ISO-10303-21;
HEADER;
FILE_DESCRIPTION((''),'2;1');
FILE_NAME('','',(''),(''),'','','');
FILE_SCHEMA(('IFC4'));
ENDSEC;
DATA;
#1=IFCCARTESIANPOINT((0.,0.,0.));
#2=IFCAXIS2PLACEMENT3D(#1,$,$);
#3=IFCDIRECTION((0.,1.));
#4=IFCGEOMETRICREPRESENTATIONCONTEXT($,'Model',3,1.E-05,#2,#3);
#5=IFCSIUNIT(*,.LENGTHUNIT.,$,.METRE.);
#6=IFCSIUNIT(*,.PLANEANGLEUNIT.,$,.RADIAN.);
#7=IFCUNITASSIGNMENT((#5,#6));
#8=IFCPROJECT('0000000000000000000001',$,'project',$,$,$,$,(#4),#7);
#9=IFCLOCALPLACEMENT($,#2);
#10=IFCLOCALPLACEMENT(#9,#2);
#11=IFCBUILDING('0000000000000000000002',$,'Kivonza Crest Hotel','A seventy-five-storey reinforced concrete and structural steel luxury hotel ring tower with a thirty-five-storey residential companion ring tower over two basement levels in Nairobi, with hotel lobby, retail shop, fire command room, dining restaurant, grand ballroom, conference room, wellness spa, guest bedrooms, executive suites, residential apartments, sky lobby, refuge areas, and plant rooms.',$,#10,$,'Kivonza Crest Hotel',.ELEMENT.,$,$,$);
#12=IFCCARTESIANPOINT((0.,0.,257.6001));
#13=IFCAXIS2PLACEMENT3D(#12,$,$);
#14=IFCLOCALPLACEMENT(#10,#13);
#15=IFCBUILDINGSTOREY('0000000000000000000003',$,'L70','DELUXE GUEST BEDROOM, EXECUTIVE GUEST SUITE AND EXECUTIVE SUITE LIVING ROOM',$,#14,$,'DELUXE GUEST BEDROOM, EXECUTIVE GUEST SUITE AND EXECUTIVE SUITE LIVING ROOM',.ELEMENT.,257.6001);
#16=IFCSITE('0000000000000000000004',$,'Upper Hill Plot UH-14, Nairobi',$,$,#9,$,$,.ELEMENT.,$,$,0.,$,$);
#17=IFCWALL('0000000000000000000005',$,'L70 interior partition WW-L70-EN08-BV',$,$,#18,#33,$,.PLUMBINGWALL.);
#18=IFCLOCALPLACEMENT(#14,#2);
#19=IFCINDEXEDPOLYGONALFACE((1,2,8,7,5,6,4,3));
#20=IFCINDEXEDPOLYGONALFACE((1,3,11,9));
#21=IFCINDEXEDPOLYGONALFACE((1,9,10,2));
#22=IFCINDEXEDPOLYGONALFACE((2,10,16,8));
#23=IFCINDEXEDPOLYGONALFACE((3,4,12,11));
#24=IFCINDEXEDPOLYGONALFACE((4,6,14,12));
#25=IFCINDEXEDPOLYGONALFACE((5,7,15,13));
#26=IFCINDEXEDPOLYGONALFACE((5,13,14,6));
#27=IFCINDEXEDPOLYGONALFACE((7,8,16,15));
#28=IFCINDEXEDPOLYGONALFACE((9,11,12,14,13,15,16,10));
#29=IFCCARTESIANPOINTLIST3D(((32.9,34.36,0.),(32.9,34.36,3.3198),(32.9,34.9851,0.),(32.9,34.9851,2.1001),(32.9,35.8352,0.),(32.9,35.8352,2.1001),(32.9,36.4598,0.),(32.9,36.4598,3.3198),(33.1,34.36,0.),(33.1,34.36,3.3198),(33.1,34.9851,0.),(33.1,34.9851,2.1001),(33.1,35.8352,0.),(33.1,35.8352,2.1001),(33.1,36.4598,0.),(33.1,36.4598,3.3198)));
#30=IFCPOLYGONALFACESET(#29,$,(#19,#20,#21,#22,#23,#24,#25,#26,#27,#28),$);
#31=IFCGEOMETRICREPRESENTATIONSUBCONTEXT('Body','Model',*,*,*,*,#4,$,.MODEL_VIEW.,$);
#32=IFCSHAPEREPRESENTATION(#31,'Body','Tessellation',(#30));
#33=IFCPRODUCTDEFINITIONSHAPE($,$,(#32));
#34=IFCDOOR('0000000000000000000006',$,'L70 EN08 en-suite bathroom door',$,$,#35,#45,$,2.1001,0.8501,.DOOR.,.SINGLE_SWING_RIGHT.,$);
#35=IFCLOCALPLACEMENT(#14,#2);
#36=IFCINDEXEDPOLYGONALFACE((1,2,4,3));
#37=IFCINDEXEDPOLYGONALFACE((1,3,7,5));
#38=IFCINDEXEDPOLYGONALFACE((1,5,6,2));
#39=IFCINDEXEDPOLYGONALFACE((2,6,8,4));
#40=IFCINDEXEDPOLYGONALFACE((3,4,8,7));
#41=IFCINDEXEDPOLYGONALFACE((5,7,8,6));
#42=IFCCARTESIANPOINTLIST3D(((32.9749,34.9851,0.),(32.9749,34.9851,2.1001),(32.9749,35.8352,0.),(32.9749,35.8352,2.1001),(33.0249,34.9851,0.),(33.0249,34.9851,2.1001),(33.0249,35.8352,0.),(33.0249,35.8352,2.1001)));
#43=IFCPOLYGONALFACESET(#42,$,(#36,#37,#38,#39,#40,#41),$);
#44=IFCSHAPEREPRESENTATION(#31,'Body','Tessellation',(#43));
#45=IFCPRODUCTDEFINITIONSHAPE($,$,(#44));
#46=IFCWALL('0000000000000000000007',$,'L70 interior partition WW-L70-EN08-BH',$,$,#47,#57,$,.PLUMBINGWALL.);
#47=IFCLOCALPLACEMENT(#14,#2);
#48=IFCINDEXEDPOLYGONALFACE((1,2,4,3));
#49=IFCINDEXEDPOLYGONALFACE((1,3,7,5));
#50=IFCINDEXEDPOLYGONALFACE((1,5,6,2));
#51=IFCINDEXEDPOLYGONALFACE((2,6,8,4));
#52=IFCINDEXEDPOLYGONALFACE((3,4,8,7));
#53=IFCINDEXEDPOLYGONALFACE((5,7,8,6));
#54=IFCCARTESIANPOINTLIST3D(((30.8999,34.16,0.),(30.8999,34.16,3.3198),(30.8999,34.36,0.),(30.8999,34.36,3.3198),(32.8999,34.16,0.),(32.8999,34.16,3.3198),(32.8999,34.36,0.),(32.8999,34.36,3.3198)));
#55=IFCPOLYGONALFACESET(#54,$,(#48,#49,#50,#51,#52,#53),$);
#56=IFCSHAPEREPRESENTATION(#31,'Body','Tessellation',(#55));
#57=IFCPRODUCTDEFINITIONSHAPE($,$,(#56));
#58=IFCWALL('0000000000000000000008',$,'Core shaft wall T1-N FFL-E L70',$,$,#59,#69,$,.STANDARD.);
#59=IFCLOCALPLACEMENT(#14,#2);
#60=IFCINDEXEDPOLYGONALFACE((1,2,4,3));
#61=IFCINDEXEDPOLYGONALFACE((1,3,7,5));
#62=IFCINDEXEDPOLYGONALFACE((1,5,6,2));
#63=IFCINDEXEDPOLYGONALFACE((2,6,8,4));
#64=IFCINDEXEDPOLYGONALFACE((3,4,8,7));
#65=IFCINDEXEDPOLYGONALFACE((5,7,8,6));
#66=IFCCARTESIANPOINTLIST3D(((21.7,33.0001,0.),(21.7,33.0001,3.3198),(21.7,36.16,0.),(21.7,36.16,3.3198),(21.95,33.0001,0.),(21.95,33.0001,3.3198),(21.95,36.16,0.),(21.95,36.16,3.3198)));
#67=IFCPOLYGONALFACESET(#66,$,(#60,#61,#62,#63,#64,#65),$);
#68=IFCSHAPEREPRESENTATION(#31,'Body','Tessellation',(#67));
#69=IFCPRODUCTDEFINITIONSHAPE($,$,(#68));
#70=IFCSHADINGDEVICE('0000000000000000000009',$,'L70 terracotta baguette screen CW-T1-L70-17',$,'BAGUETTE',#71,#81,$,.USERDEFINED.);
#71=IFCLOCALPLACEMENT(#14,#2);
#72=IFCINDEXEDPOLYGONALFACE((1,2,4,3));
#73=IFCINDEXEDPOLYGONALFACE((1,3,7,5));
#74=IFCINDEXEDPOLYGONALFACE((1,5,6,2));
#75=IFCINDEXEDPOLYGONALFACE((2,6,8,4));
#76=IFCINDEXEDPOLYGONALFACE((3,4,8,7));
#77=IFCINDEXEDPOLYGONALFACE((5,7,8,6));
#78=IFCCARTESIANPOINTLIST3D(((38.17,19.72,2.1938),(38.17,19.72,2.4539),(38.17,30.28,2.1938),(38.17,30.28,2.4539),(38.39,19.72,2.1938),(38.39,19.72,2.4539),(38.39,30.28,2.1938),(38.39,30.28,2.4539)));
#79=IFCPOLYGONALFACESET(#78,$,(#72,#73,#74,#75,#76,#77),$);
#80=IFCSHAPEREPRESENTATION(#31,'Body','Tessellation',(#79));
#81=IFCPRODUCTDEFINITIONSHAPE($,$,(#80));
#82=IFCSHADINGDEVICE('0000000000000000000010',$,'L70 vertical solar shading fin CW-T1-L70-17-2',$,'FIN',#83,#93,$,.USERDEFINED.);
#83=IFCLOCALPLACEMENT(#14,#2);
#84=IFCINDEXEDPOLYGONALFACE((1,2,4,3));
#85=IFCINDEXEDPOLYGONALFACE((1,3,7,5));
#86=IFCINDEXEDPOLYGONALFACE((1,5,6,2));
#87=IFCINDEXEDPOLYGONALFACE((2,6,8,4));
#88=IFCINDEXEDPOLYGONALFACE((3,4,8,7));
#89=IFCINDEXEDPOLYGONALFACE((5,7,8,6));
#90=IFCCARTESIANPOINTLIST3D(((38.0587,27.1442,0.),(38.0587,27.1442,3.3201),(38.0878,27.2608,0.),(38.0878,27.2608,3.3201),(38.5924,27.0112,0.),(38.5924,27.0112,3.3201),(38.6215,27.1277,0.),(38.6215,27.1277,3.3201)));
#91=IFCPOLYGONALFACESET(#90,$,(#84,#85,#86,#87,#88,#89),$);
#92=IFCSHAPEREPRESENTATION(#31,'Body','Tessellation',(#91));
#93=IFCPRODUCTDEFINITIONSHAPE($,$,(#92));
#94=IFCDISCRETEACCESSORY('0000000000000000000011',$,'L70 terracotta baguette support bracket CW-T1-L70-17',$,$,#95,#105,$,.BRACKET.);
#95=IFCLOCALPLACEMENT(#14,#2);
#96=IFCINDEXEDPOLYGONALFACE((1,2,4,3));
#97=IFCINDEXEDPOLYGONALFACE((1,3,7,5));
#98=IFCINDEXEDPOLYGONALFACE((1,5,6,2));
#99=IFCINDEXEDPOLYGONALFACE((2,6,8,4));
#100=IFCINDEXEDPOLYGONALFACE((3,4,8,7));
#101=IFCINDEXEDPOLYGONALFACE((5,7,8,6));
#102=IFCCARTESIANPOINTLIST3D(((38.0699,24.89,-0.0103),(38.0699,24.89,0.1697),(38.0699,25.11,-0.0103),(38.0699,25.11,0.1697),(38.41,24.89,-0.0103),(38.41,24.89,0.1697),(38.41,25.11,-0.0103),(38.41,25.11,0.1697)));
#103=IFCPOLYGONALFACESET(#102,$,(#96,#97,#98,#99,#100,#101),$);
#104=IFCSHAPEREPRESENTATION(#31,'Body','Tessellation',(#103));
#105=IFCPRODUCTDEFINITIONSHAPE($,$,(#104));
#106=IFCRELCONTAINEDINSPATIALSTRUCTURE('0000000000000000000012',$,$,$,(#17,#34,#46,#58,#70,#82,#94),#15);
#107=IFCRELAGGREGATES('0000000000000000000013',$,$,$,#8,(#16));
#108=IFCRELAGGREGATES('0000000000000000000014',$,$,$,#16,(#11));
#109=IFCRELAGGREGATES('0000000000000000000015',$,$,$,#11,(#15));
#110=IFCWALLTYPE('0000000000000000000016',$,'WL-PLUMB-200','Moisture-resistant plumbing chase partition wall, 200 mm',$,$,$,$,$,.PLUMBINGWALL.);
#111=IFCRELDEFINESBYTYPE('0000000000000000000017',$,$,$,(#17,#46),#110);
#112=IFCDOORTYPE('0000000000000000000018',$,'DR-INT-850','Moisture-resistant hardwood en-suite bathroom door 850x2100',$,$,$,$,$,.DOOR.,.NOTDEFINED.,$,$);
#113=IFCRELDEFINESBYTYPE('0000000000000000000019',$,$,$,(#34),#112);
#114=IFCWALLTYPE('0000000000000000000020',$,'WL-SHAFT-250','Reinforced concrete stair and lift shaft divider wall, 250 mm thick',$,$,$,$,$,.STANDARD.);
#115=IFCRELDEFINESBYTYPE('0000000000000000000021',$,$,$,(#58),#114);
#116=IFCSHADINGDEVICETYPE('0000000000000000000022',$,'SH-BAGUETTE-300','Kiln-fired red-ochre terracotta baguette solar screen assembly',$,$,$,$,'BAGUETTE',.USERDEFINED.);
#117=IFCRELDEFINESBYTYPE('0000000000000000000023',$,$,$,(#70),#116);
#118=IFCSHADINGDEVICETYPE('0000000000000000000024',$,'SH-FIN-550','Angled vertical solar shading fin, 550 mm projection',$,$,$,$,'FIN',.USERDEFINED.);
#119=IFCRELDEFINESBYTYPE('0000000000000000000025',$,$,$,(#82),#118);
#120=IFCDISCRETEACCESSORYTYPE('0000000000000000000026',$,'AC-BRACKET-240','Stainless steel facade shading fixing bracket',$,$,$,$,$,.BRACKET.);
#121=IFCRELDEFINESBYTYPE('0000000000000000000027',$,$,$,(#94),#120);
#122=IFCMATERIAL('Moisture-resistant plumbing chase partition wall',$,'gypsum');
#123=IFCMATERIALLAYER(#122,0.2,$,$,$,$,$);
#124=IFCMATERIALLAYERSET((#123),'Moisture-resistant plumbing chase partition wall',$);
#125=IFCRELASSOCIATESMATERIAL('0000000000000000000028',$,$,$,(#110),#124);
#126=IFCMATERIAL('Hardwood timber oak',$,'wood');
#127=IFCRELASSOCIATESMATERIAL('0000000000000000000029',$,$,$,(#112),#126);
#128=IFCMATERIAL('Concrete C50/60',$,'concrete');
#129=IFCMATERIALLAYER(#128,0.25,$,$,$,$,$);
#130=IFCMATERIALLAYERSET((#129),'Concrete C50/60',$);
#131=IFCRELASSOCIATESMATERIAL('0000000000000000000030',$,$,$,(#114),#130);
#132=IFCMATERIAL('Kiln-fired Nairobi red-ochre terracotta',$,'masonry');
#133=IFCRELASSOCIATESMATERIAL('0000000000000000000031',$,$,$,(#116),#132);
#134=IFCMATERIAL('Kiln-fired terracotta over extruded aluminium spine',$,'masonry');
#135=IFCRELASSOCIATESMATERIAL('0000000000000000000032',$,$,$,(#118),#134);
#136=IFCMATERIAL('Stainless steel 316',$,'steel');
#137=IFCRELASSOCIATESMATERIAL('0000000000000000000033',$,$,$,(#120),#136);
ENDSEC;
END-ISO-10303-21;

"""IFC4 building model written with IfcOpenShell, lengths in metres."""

from ifc_helpers import new_model, si_unit, direction, frame, frame_2d, origin, origin_2d, place, context, subcontext, project, spatial, rectangle, extrude, material, layer, layer_set, type_object, element, fill, save


model = new_model("IFC4")

# Units and contexts
model_context = context("Model", 3, precision=1e-05, world=origin(), true_north=direction((0.0, 1.0)))
body_context = subcontext(model_context, "Body", "Model", "MODEL_VIEW")
ifc_project = project(units=[si_unit("LENGTHUNIT", "METRE"), si_unit("PLANEANGLEUNIT", "RADIAN")], contexts=[model_context])

# Site, building, storey
site_placement = place(None, origin())
site = spatial("IfcSite", under=ifc_project, at=site_placement, Name="Upper Hill Plot UH-14, Nairobi", CompositionType="ELEMENT", RefElevation=0.0)
building_placement = place(site_placement, origin())
building = spatial("IfcBuilding", under=site, at=building_placement, Name="Kivonza Crest Hotel", Description="A seventy-five-storey reinforced concrete and structural steel luxury hotel ring tower with a thirty-five-storey residential companion ring tower over two basement levels in Nairobi, with hotel lobby, retail shop, fire command room, dining restaurant, grand ballroom, conference room, wellness spa, guest bedrooms, executive suites, residential apartments, sky lobby, refuge areas, and plant rooms.", LongName="Kivonza Crest Hotel", CompositionType="ELEMENT")
storey_placement = place(building_placement, frame((0.0, 0.0, 257.6001)))
storey = spatial("IfcBuildingStorey", under=building, at=storey_placement, Name="L70", Description="DELUXE GUEST BEDROOM, EXECUTIVE GUEST SUITE AND EXECUTIVE SUITE LIVING ROOM", LongName="DELUXE GUEST BEDROOM, EXECUTIVE GUEST SUITE AND EXECUTIVE SUITE LIVING ROOM", CompositionType="ELEMENT", Elevation=257.6001)

# Shared definitions
ifc_material_1 = material(Name="Concrete C50/60", Category="concrete")

# Shared definitions
ifc_material_2 = material(Name="Hardwood timber oak", Category="wood")

# Wall, opening, door
ifc_material_3 = material(Name="Moisture-resistant plumbing chase partition wall", Category="gypsum")
ifc_layer_1 = layer(ifc_material_3, 0.2)
ifc_layer_set_1 = layer_set([ifc_layer_1], Name="Moisture-resistant plumbing chase partition wall")
wall_type_1 = type_object("IfcWallType", Name="WL-PLUMB-200", Description="Moisture-resistant plumbing chase partition wall, 200 mm", PredefinedType="PLUMBINGWALL", material=ifc_layer_set_1)
wall_1_placement = place(storey_placement, frame((33.0, 34.3601, 0.0), z_axis=(0.0, 0.0, 1.0), x_axis=(0.0, 1.0, 0.0)))
wall_1 = element("IfcWall", 1, at=wall_1_placement, inside=storey, type_object=wall_type_1, Name="L70 interior partition WW-L70-EN08-BV", PredefinedType="PLUMBINGWALL", context=body_context, shape_type="SweptSolid", body=[
    extrude(rectangle(XDim=2.0999, YDim=0.2, at=frame_2d((1.0498, 0.0))), origin(), (0.0, 0.0, 1.0), 3.3198),
])
opening_1_placement = place(wall_1_placement, frame((0.625, 0.0, 0.0)))
opening_1 = element("IfcOpeningElement", 2, at=opening_1_placement, cuts=wall_1, PredefinedType="OPENING", context=body_context, shape_type="SweptSolid", body=[
    extrude(rectangle(XDim=0.8501, YDim=2.1001, at=frame_2d((0.425, 1.05))), frame((0.0, 0.1099, 0.0), z_axis=(0.0, -1.0, 0.0), x_axis=(1.0, 0.0, 0.0)), (0.0, 0.0, 1.0), 0.22),
])
door_type_1 = type_object("IfcDoorType", Name="DR-INT-850", Description="Moisture-resistant hardwood en-suite bathroom door 850x2100", OperationType="NOTDEFINED", PredefinedType="DOOR", material=ifc_material_2)
door_1_placement = place(opening_1_placement, frame((0.8501, 0.0, 0.0), z_axis=(0.0, 0.0, 1.0), x_axis=(-1.0, 0.0, 0.0)))
door_1 = element("IfcDoor", 3, at=door_1_placement, inside=storey, type_object=door_type_1, Name="L70 EN08 en-suite bathroom door", OperationType="SINGLE_SWING_RIGHT", OverallHeight=2.1001, OverallWidth=0.8501, PredefinedType="DOOR", context=body_context, shape_type="SweptSolid", body=[
    extrude(rectangle(XDim=0.8501, YDim=2.1001, at=frame_2d((0.425, 1.05))), frame((0.0, 0.0249, 0.0), z_axis=(0.0, -1.0, 0.0), x_axis=(1.0, 0.0, 0.0)), (0.0, 0.0, 1.0), 0.05),
])
fill(opening_1, door_1)

# Walls
wall_2_placement = place(storey_placement, frame((30.8999, 34.26, 0.0), z_axis=(0.0, 0.0, 1.0), x_axis=(1.0, 0.0, 0.0)))
element("IfcWall", 4, at=wall_2_placement, inside=storey, type_object=wall_type_1, Name="L70 interior partition WW-L70-EN08-BH", PredefinedType="PLUMBINGWALL", context=body_context, shape_type="SweptSolid", body=[
    extrude(rectangle(XDim=2.0, YDim=0.2, at=frame_2d((1.0, 0.0))), origin(), (0.0, 0.0, 1.0), 3.3198),
])
ifc_layer_2 = layer(ifc_material_1, 0.25)
ifc_layer_set_2 = layer_set([ifc_layer_2], Name="Concrete C50/60")
wall_type_2 = type_object("IfcWallType", Name="WL-SHAFT-250", Description="Reinforced concrete stair and lift shaft divider wall, 250 mm thick", PredefinedType="STANDARD", material=ifc_layer_set_2)
wall_3_placement = place(storey_placement, frame((21.825, 33.0, 0.0), z_axis=(0.0, 0.0, 1.0), x_axis=(0.0, 1.0, 0.0)))
element("IfcWall", 5, at=wall_3_placement, inside=storey, type_object=wall_type_2, Name="Core shaft wall T1-N FFL-E L70", PredefinedType="STANDARD", context=body_context, shape_type="SweptSolid", body=[
    extrude(rectangle(XDim=3.1599, YDim=0.25, at=frame_2d((1.5801, 0.0))), origin(), (0.0, 0.0, 1.0), 3.3198),
])

# Shading devices
ifc_material_4 = material(Name="Kiln-fired Nairobi red-ochre terracotta", Category="masonry")
shading_device_type_1 = type_object("IfcShadingDeviceType", Name="SH-BAGUETTE-300", Description="Kiln-fired red-ochre terracotta baguette solar screen assembly", ElementType="BAGUETTE", PredefinedType="USERDEFINED", material=ifc_material_4)
shading_device_1_placement = place(storey_placement, frame((38.28, 25.0, 2.1938), z_axis=(0.0, 0.0, 1.0), x_axis=(0.0, 1.0, 0.0)))
element("IfcShadingDevice", 6, at=shading_device_1_placement, inside=storey, type_object=shading_device_type_1, Name="L70 terracotta baguette screen CW-T1-L70-17", ObjectType="BAGUETTE", PredefinedType="USERDEFINED", context=body_context, shape_type="SweptSolid", body=[
    extrude(rectangle(XDim=10.5601, YDim=0.22, at=origin_2d()), origin(), (0.0, 0.0, 1.0), 0.26),
])
ifc_material_5 = material(Name="Kiln-fired terracotta over extruded aluminium spine", Category="masonry")
shading_device_type_2 = type_object("IfcShadingDeviceType", Name="SH-FIN-550", Description="Angled vertical solar shading fin, 550 mm projection", ElementType="FIN", PredefinedType="USERDEFINED", material=ifc_material_5)
shading_device_2_placement = place(storey_placement, frame((38.3401, 27.136, 0.0), z_axis=(0.0, 0.0, 1.0), x_axis=(0.241922, 0.970296, 0.0)))
element("IfcShadingDevice", 7, at=shading_device_2_placement, inside=storey, type_object=shading_device_type_2, Name="L70 vertical solar shading fin CW-T1-L70-17-2", ObjectType="FIN", PredefinedType="USERDEFINED", context=body_context, shape_type="SweptSolid", body=[
    extrude(rectangle(XDim=0.1201, YDim=0.55, at=origin_2d()), origin(), (0.0, 0.0, 1.0), 3.3201),
])

# Discrete accessory
ifc_material_6 = material(Name="Stainless steel 316", Category="steel")
discrete_accessory_type = type_object("IfcDiscreteAccessoryType", Name="AC-BRACKET-240", Description="Stainless steel facade shading fixing bracket", PredefinedType="BRACKET", material=ifc_material_6)
discrete_accessory_placement = place(storey_placement, frame((38.24, 25.0, -0.0103), z_axis=(0.0, 0.0, 1.0), x_axis=(0.0, 1.0, 0.0)))
element("IfcDiscreteAccessory", 8, at=discrete_accessory_placement, inside=storey, type_object=discrete_accessory_type, Name="L70 terracotta baguette support bracket CW-T1-L70-17", PredefinedType="BRACKET", context=body_context, shape_type="SweptSolid", body=[
    extrude(rectangle(XDim=0.22, YDim=0.3401, at=origin_2d()), origin(), (0.0, 0.0, 1.0), 0.1799),
])

save(model, "model.ifc")
